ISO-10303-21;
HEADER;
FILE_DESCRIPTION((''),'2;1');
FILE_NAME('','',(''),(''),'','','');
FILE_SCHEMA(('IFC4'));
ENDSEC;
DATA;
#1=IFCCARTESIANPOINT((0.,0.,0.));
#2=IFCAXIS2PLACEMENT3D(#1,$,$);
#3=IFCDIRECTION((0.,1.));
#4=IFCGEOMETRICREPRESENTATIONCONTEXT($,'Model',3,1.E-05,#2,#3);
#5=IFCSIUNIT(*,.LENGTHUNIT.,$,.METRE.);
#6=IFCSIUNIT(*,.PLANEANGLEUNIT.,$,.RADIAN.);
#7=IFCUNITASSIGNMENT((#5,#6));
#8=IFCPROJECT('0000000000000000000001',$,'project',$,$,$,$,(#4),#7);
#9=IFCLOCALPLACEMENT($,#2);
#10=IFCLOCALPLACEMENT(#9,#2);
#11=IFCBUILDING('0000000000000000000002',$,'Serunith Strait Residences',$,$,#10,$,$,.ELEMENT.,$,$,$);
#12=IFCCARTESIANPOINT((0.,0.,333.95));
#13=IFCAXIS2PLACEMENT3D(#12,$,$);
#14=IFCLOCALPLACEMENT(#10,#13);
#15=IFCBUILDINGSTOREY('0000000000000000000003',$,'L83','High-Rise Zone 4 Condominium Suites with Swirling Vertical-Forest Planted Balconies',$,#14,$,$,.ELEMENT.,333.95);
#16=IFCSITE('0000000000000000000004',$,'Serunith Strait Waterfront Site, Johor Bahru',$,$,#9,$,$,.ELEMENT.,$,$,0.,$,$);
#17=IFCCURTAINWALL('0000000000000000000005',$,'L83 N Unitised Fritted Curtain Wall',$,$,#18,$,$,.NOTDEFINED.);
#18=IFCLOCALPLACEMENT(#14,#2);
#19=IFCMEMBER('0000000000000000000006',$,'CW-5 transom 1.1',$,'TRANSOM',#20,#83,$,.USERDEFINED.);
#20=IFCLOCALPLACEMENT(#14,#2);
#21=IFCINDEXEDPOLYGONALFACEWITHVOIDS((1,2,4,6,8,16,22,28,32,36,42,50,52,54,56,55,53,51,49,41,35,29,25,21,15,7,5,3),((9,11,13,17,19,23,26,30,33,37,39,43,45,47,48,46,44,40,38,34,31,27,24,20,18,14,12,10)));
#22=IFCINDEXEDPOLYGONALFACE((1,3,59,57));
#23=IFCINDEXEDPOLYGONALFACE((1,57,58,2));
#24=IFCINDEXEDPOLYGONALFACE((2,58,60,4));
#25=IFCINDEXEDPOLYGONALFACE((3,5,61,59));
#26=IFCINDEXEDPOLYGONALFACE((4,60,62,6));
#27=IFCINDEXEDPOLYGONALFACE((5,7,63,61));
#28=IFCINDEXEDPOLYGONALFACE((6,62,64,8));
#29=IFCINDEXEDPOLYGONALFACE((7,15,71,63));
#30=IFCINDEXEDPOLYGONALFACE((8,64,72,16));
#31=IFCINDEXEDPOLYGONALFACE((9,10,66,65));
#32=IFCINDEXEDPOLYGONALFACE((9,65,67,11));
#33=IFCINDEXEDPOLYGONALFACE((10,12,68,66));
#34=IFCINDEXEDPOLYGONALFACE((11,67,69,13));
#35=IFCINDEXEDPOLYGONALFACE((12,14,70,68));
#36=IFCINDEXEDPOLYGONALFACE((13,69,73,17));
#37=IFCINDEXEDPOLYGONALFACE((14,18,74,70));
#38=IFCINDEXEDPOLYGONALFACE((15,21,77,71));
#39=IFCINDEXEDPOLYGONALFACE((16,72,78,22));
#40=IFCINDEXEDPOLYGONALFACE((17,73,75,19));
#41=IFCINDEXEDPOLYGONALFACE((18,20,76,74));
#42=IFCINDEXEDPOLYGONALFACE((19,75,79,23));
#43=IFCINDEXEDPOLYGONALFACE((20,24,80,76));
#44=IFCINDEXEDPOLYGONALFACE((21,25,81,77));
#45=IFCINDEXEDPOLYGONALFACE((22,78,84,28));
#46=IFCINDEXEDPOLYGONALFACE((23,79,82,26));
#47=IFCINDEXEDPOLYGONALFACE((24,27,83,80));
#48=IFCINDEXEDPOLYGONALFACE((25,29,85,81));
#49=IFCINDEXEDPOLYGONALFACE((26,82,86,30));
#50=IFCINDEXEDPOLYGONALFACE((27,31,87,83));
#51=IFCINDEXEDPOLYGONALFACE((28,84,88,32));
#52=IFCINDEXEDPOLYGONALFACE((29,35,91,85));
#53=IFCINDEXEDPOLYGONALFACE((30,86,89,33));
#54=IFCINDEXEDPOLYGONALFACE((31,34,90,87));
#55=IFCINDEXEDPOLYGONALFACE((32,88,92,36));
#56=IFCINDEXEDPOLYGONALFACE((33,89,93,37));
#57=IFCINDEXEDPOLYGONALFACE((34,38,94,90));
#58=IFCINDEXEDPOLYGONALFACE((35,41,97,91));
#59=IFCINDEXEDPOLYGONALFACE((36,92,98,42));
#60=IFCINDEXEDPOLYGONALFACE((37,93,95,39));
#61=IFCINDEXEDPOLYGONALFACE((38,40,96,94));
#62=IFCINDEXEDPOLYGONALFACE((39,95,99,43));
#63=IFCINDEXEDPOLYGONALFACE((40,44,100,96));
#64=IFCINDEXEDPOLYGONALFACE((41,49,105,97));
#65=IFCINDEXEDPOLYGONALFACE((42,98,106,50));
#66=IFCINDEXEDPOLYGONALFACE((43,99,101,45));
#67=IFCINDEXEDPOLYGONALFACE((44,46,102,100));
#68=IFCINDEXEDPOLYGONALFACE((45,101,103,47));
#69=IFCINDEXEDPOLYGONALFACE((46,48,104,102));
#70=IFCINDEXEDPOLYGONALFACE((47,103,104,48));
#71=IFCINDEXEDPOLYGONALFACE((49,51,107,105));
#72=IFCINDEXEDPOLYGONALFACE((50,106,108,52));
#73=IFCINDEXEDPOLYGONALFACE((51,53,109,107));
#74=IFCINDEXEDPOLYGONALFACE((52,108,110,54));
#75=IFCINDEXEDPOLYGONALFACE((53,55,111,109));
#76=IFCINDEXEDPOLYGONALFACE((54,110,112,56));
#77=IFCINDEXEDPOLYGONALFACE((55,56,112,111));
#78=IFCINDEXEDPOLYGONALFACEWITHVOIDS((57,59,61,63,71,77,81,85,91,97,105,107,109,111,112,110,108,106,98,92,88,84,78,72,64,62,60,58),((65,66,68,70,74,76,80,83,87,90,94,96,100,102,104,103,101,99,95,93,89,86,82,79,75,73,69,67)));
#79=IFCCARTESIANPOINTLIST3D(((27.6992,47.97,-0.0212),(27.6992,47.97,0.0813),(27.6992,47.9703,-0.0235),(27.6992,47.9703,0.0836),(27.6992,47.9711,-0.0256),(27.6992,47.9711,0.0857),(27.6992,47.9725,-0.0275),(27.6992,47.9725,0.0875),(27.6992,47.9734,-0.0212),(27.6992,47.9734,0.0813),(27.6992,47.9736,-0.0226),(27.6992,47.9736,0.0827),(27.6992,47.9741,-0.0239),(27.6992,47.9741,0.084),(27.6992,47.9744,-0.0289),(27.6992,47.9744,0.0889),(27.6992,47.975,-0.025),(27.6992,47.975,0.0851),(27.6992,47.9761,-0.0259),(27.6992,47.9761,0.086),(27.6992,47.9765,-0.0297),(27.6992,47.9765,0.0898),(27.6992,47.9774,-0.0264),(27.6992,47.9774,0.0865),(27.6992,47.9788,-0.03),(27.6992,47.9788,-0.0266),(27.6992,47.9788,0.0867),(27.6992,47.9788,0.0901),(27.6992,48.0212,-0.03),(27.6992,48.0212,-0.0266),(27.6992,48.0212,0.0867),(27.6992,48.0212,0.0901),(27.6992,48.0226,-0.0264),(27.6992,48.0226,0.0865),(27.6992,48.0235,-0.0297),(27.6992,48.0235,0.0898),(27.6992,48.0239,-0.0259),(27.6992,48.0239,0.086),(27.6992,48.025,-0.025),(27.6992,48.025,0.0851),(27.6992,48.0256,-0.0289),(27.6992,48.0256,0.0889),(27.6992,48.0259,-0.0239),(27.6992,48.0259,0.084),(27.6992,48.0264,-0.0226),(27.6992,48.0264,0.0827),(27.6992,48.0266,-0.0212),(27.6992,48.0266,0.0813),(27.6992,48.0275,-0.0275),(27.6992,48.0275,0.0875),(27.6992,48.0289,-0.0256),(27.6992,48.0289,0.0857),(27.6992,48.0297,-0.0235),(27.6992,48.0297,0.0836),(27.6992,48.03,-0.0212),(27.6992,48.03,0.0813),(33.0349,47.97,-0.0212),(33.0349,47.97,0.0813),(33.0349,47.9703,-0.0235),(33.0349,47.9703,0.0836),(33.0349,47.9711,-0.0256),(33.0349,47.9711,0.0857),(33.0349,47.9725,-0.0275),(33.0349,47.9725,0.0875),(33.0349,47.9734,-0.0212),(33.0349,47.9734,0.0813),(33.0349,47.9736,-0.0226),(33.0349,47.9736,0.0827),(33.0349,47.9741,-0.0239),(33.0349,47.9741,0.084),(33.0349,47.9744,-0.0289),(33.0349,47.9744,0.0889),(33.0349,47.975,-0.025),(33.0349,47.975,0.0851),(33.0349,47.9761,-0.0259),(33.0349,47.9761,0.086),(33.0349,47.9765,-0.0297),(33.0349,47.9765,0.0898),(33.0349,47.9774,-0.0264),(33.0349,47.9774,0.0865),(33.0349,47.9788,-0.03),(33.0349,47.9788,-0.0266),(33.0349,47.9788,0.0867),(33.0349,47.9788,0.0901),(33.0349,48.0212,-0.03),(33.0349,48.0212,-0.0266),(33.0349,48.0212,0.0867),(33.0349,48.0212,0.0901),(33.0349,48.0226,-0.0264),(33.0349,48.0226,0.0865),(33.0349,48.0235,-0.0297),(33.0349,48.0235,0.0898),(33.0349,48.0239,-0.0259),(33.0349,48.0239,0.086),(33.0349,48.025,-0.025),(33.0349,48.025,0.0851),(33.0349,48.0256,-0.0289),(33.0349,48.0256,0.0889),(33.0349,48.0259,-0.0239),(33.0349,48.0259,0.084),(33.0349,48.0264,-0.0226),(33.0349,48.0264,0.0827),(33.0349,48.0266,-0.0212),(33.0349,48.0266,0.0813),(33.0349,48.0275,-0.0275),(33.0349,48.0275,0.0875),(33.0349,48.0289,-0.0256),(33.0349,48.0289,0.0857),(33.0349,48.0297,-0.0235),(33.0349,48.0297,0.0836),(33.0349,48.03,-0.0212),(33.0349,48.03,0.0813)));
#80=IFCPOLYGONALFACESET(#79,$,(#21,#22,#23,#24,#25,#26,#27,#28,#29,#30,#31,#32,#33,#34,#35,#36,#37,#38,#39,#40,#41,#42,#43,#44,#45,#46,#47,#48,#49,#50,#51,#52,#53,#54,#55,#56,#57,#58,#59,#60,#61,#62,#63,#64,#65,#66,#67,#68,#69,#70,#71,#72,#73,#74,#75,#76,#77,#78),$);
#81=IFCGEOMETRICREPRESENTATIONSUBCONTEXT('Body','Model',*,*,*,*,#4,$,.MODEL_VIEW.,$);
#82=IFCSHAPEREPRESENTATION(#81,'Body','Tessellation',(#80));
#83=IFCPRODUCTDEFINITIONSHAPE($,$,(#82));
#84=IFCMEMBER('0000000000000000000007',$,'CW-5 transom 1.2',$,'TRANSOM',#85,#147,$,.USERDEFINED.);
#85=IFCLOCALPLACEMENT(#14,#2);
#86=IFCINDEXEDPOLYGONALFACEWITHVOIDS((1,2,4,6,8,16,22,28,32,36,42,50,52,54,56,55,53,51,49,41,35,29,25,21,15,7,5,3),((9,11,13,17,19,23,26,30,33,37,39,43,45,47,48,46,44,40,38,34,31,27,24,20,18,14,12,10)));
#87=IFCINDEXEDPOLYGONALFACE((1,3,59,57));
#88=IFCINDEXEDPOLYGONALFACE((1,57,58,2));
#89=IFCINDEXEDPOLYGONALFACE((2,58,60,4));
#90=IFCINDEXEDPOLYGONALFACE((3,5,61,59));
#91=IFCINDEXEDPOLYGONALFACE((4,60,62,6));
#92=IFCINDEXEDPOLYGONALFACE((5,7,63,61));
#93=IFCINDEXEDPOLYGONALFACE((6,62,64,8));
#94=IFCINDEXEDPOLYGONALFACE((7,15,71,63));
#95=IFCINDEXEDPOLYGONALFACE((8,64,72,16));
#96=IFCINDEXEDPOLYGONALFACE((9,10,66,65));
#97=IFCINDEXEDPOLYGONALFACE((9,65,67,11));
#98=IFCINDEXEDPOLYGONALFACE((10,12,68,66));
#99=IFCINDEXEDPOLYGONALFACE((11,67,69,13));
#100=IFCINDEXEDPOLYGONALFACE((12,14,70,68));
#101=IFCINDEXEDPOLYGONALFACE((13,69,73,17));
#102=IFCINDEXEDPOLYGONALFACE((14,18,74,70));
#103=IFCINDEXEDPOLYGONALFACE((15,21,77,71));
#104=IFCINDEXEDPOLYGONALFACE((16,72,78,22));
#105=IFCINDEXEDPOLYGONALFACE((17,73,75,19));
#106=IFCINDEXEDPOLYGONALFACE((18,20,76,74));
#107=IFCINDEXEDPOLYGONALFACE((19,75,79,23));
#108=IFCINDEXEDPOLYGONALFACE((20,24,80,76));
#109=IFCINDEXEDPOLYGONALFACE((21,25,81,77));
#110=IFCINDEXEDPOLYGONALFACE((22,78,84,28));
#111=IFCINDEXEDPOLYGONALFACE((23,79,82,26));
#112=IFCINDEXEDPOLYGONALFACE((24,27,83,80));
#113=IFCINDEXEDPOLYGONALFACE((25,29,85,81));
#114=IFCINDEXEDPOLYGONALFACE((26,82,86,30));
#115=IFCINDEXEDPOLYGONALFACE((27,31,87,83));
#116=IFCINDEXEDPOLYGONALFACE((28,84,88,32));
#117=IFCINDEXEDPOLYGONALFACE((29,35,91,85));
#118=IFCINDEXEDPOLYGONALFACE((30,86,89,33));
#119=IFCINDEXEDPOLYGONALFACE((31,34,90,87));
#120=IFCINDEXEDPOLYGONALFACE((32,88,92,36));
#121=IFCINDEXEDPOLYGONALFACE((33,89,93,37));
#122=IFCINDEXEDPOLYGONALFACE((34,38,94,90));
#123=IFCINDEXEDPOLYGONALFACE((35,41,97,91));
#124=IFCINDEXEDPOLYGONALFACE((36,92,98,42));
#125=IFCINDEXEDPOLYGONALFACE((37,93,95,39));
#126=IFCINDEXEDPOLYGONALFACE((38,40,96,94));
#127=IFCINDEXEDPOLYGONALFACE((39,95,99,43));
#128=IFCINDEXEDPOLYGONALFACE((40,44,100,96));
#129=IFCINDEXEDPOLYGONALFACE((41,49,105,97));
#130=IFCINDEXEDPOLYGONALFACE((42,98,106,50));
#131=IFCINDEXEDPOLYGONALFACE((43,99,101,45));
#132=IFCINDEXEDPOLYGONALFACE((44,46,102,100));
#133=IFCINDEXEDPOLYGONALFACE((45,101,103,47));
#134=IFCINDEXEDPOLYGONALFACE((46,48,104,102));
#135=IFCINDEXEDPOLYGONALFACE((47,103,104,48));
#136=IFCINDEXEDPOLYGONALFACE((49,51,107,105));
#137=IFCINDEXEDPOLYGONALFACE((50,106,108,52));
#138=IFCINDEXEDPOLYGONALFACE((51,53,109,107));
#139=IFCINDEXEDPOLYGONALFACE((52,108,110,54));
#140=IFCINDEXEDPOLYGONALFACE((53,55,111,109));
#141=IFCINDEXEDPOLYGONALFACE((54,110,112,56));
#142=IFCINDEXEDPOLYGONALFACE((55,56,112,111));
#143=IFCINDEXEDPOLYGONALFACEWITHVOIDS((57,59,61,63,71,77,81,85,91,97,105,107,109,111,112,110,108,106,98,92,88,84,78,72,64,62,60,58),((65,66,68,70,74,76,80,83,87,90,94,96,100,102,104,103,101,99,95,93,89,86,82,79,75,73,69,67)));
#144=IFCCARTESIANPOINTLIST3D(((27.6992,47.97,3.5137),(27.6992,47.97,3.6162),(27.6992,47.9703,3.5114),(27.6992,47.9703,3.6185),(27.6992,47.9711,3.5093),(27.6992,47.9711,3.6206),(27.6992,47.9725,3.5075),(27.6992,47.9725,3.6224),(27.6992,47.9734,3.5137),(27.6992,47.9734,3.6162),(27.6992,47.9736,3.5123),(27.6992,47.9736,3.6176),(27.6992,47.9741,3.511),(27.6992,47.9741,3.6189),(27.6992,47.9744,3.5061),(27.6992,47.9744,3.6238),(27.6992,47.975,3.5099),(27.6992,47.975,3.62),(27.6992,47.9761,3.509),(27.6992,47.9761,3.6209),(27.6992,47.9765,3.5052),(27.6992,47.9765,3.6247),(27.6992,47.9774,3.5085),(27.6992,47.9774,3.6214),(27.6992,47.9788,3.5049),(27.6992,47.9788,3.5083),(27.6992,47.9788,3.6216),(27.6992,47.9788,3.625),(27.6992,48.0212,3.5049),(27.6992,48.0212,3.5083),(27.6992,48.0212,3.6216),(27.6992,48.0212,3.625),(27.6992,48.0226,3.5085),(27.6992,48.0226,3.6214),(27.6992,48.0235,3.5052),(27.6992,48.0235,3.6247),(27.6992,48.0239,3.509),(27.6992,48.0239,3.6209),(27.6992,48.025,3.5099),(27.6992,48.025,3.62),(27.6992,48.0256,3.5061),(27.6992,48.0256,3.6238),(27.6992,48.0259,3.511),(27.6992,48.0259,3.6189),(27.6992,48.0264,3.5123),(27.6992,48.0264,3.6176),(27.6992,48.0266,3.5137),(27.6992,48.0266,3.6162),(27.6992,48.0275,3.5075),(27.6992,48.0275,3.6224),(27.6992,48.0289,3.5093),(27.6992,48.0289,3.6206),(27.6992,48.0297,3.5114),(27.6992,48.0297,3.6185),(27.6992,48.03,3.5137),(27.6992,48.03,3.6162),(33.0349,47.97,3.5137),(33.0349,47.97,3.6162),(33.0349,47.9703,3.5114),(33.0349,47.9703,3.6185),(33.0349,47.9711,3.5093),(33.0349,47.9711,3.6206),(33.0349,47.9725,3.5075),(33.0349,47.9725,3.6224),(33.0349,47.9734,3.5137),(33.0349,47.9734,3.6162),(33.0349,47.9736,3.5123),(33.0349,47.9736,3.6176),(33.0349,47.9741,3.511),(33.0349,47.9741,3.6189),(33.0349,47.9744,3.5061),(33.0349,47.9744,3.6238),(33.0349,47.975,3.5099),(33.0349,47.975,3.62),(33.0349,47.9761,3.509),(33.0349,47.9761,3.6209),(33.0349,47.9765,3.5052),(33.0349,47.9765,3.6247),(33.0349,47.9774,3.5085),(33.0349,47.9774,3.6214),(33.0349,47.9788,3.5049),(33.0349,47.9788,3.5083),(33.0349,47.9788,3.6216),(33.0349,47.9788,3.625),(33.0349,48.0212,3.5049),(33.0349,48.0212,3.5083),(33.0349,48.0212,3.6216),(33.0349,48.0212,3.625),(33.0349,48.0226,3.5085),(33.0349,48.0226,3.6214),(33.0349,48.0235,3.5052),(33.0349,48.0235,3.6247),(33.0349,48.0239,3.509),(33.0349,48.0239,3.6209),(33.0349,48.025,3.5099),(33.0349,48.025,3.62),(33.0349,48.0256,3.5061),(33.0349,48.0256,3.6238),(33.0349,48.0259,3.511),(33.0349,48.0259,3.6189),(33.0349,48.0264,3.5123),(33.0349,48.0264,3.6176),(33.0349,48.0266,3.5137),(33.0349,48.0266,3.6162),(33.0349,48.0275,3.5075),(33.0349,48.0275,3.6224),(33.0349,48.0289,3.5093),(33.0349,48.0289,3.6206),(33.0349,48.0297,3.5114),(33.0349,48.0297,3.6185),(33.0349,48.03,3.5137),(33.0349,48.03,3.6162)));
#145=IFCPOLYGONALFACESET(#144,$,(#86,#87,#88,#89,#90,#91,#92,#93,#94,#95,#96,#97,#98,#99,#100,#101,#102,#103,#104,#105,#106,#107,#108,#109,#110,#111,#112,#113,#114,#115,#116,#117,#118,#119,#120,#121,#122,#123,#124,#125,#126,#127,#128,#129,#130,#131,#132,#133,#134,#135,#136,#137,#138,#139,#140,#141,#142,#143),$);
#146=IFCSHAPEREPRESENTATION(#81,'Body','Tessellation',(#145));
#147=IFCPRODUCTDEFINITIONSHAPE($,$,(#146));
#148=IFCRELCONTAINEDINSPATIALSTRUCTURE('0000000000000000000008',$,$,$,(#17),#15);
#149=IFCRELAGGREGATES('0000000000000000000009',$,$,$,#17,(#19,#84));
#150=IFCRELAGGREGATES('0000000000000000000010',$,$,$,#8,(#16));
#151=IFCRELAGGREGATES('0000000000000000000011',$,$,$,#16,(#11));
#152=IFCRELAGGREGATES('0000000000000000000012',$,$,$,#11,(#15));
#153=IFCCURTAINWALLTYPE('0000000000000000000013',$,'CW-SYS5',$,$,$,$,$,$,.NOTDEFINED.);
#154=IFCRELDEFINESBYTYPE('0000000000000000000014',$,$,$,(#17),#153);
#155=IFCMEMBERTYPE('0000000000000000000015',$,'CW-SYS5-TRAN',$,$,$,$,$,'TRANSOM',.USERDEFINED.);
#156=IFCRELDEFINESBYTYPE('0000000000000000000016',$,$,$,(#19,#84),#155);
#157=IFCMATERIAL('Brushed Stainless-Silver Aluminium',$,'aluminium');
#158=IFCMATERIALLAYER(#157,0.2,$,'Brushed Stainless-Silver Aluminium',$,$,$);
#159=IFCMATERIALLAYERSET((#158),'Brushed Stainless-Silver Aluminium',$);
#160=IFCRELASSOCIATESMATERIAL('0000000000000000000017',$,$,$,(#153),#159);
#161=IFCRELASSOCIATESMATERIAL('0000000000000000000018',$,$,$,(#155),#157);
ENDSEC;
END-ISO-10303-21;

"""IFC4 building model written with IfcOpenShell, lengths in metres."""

from ifc_helpers import new_model, si_unit, direction, frame, origin, origin_2d, place, context, subcontext, project, spatial, hollow_rectangle, extrude, source, transform, mapped, material, layer, layer_set, material_profile, profile_set, type_object, element, aggregate, save


model = new_model("IFC4")

# Units and contexts
model_context = context("Model", 3, precision=1e-05, world=origin(), true_north=direction((0.0, 1.0)))
body_context = subcontext(model_context, "Body", "Model", "MODEL_VIEW")
ifc_project = project(units=[si_unit("LENGTHUNIT", "METRE"), si_unit("PLANEANGLEUNIT", "RADIAN")], contexts=[model_context])

# Site, building, storey
site_placement = place(None, origin())
site = spatial("IfcSite", under=ifc_project, at=site_placement, Name="Serunith Strait Waterfront Site, Johor Bahru", CompositionType="ELEMENT", RefElevation=0.0)
building_placement = place(site_placement, origin())
building = spatial("IfcBuilding", under=site, at=building_placement, Name="Serunith Strait Residences", CompositionType="ELEMENT")
storey_placement = place(building_placement, frame((0.0, 0.0, 333.95)))
storey = spatial("IfcBuildingStorey", under=building, at=storey_placement, Name="L83", Description="High-Rise Zone 4 Condominium Suites with Swirling Vertical-Forest Planted Balconies", CompositionType="ELEMENT", Elevation=333.95)

# Curtain wall, members
ifc_material_1 = material(Name="Brushed Stainless-Silver Aluminium", Category="aluminium")
ifc_layer_1 = layer(ifc_material_1, 0.2, Name="Brushed Stainless-Silver Aluminium")
ifc_layer_set_1 = layer_set([ifc_layer_1], Name="Brushed Stainless-Silver Aluminium")
curtain_wall_type = type_object("IfcCurtainWallType", Name="CW-SYS5", PredefinedType="NOTDEFINED", material=ifc_layer_set_1)
ifc_material_profile_1 = material_profile(ifc_material_1, hollow_rectangle(XDim=0.0601, YDim=0.1201, WallThickness=0.0034, InnerFilletRadius=0.0054, OuterFilletRadius=0.0088, at=origin_2d()), Name="ALU 120x60x3.5")
ifc_profile_set_1 = profile_set([ifc_material_profile_1], Name="Brushed Stainless-Silver Aluminium")
member_type_1 = type_object("IfcMemberType", Name="CW-SYS5-TRAN", ElementType="TRANSOM", PredefinedType="USERDEFINED", material=ifc_profile_set_1)
curtain_wall_1_placement = place(storey_placement, origin())
curtain_wall_1 = element("IfcCurtainWall", 1, at=curtain_wall_1_placement, inside=storey, type_object=curtain_wall_type, Name="L83 N Unitised Fritted Curtain Wall", PredefinedType="NOTDEFINED")
shared_shape_1 = source(origin(), body_context, "Body", "SweptSolid", [
    extrude(hollow_rectangle(XDim=0.0601, YDim=0.1201, WallThickness=0.0034, InnerFilletRadius=0.0054, OuterFilletRadius=0.0088, at=origin_2d()), origin(), (0.0, 0.0, 1.0), 5.3357),
])
member_1_placement = place(storey_placement, frame((33.0349, 48.0, 0.03), z_axis=(-1.0, 0.0, 0.0), x_axis=(0.0, -1.0, 0.0)))
member_1 = element("IfcMember", 2, at=member_1_placement, type_object=member_type_1, Name="CW-5 transom 1.1", ObjectType="TRANSOM", PredefinedType="USERDEFINED", context=body_context, shape_type="MappedRepresentation", body=[
    mapped(shared_shape_1, transform((0.0, 0.0, 0.0), scale=1.0)),
])
member_2_placement = place(storey_placement, frame((33.0349, 48.0, 3.5649), z_axis=(-1.0, 0.0, 0.0), x_axis=(0.0, -1.0, 0.0)))
member_2 = element("IfcMember", 3, at=member_2_placement, type_object=member_type_1, Name="CW-5 transom 1.2", ObjectType="TRANSOM", PredefinedType="USERDEFINED", context=body_context, shape_type="MappedRepresentation", body=[
    mapped(shared_shape_1, transform((0.0, 0.0, 0.0), scale=1.0)),
])

aggregate(curtain_wall_1, [member_1, member_2])

save(model, "model.ifc")
